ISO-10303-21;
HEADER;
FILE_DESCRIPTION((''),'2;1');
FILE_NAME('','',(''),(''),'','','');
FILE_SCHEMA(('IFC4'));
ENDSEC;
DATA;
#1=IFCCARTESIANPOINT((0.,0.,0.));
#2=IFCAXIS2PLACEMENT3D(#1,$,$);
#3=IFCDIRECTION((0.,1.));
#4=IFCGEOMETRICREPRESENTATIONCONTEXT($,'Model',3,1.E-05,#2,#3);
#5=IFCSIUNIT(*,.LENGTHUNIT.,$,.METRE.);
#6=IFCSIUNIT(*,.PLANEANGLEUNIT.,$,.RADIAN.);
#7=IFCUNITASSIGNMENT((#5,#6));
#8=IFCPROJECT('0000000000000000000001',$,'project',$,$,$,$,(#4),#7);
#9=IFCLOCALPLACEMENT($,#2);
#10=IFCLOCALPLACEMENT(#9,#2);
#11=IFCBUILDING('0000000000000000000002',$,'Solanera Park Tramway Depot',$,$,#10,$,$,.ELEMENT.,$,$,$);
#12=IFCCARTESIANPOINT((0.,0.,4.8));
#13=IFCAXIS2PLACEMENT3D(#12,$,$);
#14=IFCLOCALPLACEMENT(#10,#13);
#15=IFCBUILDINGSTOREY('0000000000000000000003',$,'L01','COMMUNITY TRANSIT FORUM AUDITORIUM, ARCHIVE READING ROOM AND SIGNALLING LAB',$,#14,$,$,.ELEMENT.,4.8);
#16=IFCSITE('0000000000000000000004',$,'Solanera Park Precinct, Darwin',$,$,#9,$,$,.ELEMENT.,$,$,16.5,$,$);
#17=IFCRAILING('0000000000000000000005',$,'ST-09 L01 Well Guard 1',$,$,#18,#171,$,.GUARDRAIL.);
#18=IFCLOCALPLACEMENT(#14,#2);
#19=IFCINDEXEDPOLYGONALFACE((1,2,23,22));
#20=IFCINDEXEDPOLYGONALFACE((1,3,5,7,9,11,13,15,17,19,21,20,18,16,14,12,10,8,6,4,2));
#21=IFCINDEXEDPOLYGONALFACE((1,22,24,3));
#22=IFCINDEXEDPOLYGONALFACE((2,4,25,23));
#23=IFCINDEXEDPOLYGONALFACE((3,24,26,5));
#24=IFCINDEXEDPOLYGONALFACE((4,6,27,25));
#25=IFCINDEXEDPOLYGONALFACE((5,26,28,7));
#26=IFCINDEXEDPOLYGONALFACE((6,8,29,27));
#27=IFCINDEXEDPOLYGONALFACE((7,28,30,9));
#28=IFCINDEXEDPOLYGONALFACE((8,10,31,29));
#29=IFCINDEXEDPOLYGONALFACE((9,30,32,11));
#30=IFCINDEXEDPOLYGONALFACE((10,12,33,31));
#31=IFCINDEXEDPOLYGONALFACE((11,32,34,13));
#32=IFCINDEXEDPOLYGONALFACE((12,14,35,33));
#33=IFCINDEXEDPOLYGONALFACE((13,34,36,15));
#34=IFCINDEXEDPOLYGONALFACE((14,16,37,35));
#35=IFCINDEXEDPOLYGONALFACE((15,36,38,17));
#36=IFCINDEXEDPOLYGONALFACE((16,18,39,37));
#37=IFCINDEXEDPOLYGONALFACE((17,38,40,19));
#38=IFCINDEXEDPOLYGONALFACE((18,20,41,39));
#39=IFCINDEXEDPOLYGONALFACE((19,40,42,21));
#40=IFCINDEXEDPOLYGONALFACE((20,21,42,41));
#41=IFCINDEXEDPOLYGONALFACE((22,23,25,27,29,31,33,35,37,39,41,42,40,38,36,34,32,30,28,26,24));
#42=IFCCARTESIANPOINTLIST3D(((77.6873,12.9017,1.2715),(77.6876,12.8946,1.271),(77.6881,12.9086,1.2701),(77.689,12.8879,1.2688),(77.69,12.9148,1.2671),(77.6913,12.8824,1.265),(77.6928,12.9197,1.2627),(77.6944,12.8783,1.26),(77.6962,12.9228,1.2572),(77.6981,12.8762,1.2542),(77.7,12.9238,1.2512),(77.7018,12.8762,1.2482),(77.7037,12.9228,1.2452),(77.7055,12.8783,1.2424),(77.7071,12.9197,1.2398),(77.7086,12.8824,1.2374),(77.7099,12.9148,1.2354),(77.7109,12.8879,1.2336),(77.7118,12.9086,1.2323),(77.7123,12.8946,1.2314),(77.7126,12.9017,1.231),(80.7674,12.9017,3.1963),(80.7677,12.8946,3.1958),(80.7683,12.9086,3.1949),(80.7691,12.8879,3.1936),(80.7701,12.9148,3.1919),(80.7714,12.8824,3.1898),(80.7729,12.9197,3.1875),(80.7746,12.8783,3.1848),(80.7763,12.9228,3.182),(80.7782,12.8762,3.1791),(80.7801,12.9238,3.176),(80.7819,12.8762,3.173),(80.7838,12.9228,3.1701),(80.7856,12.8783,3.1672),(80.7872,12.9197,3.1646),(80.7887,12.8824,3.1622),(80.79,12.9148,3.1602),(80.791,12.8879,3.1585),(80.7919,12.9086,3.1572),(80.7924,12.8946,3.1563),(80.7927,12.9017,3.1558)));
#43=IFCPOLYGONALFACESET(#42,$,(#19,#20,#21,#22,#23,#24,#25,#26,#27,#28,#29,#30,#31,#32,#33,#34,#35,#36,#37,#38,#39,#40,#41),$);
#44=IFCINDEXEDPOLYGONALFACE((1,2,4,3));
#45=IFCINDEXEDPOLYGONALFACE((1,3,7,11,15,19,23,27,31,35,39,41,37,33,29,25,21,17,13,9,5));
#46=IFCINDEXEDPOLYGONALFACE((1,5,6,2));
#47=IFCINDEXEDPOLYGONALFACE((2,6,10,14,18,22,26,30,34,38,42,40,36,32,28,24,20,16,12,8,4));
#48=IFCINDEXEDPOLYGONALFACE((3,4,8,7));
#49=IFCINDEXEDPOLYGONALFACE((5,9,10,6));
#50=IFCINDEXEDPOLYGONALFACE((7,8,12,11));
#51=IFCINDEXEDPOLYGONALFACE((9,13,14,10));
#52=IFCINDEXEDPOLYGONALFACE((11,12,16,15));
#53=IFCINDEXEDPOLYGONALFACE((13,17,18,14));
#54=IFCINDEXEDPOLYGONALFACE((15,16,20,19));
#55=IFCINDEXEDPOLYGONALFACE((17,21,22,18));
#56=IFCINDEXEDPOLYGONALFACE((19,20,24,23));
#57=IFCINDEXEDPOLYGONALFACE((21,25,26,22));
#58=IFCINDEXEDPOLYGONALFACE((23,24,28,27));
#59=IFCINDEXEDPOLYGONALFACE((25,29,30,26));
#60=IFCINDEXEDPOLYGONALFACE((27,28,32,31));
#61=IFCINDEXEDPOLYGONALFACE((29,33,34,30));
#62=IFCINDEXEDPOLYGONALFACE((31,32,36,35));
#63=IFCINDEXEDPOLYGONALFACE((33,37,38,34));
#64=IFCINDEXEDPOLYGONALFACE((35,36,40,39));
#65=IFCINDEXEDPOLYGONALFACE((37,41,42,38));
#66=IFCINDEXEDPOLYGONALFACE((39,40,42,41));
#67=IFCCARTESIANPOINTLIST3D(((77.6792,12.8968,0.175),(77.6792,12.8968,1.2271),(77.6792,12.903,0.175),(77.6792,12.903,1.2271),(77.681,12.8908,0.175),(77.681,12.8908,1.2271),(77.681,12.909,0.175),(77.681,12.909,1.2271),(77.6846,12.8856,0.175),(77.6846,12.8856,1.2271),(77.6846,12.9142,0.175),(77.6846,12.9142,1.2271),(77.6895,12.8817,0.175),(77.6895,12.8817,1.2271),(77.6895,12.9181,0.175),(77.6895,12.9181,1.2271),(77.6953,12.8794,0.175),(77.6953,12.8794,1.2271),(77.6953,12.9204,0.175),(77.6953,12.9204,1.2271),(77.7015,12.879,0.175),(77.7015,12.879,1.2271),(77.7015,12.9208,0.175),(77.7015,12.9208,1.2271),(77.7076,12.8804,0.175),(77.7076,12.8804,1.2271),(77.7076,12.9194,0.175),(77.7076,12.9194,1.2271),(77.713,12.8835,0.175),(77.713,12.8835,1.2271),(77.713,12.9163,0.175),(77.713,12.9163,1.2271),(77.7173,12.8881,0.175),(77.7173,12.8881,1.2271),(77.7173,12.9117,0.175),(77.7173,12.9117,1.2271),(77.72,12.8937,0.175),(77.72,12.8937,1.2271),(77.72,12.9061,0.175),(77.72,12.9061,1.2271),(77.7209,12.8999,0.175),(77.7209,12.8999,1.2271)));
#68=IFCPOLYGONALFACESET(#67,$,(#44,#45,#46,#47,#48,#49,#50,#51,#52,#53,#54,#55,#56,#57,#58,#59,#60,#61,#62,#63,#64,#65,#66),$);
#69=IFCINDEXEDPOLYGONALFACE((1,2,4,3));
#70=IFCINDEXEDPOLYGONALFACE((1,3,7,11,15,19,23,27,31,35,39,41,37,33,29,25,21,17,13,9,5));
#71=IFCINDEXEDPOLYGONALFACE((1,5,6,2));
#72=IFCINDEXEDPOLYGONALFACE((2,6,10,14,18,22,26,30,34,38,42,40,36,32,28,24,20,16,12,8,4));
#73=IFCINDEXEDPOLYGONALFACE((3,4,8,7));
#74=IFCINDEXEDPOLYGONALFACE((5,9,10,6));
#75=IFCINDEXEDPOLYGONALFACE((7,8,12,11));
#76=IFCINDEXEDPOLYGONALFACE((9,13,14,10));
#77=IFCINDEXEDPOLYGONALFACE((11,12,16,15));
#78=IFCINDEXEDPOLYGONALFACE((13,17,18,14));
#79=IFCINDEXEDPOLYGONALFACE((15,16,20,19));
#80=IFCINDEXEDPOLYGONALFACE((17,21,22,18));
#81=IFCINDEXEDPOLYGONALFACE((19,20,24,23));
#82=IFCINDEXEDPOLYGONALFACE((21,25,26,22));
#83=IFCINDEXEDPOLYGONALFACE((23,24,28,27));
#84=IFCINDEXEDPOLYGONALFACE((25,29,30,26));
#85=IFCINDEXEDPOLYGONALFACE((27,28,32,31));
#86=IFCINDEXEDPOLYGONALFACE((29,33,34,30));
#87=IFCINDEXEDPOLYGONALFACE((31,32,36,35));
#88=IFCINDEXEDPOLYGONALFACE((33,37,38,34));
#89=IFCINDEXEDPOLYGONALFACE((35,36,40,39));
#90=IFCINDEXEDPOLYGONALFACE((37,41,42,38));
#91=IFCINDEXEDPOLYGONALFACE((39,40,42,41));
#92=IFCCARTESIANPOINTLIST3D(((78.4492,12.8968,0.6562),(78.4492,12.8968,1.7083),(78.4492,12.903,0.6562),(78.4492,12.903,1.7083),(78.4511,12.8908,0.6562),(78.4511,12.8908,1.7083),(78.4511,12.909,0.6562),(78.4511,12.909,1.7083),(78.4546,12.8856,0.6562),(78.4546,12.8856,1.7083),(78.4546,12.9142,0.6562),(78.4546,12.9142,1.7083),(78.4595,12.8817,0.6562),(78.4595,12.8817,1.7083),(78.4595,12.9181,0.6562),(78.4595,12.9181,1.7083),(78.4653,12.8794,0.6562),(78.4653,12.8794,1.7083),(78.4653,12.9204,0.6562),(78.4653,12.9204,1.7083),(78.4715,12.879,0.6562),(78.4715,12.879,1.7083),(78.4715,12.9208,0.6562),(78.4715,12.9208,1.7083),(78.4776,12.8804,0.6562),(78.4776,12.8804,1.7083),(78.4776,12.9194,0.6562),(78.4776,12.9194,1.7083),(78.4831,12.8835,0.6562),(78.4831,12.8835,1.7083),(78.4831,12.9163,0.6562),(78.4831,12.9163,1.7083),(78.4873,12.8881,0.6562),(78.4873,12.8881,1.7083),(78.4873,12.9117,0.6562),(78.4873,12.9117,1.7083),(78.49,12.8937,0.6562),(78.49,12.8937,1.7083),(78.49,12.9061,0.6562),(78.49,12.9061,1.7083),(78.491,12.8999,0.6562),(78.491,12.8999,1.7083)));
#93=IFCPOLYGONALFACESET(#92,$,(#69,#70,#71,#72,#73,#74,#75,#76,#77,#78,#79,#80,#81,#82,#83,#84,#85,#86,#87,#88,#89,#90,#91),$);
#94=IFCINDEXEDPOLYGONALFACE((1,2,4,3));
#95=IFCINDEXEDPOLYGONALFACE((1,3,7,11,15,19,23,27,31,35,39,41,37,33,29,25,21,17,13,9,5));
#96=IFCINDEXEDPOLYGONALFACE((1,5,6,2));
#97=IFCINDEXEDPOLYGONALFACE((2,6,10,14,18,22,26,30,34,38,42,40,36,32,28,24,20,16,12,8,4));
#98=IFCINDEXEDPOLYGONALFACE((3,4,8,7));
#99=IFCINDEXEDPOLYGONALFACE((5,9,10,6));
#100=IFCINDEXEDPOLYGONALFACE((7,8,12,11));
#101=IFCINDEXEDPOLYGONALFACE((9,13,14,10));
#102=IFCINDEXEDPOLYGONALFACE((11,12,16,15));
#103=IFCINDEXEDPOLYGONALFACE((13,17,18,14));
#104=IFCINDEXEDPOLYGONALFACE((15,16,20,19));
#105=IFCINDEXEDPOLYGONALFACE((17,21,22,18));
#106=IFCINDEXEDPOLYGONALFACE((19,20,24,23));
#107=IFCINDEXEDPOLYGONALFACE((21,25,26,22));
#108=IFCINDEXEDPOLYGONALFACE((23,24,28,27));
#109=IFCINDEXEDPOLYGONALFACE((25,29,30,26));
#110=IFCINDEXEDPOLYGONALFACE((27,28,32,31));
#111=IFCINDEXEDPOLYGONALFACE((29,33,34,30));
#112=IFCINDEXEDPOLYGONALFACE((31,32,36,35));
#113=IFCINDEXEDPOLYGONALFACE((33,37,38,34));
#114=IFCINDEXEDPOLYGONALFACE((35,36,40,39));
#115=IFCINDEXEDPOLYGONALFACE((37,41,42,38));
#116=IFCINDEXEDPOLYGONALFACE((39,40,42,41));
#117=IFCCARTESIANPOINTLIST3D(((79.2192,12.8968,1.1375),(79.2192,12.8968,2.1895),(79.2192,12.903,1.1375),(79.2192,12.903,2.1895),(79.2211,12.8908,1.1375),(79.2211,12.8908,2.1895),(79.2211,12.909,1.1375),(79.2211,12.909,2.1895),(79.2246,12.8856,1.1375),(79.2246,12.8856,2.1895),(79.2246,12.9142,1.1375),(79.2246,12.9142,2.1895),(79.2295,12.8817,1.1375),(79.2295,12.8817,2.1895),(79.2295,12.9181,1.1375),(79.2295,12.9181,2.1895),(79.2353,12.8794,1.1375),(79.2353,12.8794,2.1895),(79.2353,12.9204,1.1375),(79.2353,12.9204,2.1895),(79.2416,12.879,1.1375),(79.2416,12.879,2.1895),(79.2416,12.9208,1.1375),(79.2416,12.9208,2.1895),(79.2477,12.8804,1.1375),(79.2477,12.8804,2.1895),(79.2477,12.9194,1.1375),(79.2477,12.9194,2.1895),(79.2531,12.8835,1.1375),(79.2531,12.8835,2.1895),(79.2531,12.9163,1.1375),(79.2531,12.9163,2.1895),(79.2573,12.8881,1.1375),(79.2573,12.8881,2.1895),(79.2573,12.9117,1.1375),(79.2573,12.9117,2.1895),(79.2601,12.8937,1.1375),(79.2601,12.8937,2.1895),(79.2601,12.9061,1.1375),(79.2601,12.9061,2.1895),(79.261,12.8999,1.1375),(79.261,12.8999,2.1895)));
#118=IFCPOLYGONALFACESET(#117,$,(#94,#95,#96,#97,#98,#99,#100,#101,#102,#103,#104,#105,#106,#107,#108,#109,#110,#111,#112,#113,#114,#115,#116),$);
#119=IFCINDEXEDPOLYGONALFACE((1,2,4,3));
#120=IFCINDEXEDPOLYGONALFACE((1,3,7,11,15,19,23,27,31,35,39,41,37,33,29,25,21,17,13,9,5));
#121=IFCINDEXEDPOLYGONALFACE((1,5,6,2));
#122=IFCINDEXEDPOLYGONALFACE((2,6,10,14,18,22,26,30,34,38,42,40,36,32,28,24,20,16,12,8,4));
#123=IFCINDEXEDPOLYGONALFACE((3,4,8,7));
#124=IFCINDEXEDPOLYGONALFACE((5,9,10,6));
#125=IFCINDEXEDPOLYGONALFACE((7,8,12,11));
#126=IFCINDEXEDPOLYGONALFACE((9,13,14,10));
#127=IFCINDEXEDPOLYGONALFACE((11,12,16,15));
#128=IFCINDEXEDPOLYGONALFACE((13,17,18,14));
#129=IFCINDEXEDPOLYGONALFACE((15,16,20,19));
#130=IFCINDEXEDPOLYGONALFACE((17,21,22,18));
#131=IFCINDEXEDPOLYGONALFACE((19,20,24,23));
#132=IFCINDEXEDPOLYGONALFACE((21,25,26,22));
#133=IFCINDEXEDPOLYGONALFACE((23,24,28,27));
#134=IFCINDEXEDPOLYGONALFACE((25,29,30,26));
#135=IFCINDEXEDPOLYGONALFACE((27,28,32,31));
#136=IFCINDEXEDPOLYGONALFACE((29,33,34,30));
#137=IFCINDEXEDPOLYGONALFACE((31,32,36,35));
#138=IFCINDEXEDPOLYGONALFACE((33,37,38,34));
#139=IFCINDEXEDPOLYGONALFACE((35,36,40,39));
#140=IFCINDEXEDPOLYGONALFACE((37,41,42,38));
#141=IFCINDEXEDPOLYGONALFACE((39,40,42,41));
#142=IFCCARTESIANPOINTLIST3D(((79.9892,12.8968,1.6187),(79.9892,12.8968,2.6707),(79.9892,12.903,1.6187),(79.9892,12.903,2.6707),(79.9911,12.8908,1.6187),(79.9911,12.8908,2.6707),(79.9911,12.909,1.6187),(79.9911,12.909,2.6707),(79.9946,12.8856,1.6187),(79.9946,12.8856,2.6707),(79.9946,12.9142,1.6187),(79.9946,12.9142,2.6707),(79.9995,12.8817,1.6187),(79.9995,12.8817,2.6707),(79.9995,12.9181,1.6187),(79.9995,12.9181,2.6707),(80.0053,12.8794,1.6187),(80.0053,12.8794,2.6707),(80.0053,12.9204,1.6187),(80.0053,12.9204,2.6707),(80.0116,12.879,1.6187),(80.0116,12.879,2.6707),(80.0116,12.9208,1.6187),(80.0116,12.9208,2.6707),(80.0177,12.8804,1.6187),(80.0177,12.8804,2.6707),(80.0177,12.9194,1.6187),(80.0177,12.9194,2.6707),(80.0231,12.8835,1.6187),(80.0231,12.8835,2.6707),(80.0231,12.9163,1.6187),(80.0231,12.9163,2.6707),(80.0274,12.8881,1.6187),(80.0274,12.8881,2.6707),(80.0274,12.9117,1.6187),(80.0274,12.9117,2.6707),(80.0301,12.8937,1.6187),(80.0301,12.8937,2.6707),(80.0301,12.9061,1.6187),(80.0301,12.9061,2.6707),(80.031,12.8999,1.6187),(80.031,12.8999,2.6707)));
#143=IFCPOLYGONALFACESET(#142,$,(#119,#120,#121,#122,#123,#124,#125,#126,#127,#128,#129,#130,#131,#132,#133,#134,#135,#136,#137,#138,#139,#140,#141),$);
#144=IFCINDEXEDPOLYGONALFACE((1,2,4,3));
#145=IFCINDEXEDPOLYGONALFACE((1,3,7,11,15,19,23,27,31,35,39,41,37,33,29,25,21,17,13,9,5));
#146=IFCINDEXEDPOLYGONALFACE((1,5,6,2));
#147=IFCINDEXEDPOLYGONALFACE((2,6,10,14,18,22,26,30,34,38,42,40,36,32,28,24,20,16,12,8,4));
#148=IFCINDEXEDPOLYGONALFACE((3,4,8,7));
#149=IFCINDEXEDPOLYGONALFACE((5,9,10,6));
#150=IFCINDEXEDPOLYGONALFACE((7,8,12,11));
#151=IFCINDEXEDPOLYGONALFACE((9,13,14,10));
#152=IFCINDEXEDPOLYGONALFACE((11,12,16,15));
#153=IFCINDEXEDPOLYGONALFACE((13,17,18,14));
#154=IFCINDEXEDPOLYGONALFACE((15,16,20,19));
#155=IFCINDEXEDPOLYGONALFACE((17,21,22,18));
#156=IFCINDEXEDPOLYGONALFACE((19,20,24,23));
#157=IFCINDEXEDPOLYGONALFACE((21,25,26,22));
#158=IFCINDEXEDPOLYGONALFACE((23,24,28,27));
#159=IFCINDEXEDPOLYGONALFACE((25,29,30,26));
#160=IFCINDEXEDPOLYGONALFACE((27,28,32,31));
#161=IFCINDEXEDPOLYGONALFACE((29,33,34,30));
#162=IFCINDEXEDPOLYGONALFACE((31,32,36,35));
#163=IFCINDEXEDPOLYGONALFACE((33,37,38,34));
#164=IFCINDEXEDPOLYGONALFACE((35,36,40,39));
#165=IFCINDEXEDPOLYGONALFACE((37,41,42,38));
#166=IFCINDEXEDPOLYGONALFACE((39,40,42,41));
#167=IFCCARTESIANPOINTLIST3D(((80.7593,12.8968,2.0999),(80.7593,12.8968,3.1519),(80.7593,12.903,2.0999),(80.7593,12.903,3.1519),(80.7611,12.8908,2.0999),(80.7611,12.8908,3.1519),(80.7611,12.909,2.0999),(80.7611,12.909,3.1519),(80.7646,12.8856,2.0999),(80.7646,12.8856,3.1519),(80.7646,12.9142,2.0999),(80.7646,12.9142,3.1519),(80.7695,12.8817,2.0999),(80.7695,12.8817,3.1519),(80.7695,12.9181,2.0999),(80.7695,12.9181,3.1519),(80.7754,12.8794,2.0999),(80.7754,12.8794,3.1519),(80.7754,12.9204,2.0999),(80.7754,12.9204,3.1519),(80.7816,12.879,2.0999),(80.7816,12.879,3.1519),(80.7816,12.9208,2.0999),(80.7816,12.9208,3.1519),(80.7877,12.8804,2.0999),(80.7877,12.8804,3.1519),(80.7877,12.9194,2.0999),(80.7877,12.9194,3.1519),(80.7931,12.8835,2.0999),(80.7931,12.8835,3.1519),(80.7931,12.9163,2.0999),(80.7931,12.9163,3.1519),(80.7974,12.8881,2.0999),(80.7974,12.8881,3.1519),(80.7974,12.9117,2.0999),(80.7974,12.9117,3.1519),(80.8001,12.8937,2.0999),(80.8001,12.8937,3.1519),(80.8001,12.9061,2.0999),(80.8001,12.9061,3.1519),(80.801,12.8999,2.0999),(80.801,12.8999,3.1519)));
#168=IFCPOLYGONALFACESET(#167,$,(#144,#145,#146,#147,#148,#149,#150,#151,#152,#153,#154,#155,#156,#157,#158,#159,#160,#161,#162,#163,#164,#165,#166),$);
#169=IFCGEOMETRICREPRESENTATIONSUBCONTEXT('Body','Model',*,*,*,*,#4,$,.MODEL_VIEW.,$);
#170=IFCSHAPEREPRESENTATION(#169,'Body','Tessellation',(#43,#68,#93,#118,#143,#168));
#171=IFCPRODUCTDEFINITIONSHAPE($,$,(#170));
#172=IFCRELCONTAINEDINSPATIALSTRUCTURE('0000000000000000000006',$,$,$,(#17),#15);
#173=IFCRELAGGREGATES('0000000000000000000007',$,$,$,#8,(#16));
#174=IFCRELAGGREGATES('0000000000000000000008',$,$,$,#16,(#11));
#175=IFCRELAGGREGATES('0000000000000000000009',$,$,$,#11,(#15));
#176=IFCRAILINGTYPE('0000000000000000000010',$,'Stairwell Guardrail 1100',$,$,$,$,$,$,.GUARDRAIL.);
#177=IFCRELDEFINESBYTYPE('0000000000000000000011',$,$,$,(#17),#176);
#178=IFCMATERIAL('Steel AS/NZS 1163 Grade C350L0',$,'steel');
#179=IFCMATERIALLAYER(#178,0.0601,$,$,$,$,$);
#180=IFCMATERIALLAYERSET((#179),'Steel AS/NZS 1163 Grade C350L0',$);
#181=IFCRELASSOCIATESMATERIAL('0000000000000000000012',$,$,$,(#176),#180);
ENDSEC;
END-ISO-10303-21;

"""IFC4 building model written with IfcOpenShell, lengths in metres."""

from ifc_helpers import new_model, si_unit, direction, frame, origin, origin_2d, place, context, subcontext, project, spatial, circle, extrude, material, layer, layer_set, type_object, element, save


model = new_model("IFC4")

# Units and contexts
model_context = context("Model", 3, precision=1e-05, world=origin(), true_north=direction((0.0, 1.0)))
body_context = subcontext(model_context, "Body", "Model", "MODEL_VIEW")
ifc_project = project(units=[si_unit("LENGTHUNIT", "METRE"), si_unit("PLANEANGLEUNIT", "RADIAN")], contexts=[model_context])

# Site, building, storey
site_placement = place(None, origin())
site = spatial("IfcSite", under=ifc_project, at=site_placement, Name="Solanera Park Precinct, Darwin", CompositionType="ELEMENT", RefElevation=16.5)
building_placement = place(site_placement, origin())
building = spatial("IfcBuilding", under=site, at=building_placement, Name="Solanera Park Tramway Depot", CompositionType="ELEMENT")
storey_placement = place(building_placement, frame((0.0, 0.0, 4.8)))
storey = spatial("IfcBuildingStorey", under=building, at=storey_placement, Name="L01", Description="COMMUNITY TRANSIT FORUM AUDITORIUM, ARCHIVE READING ROOM AND SIGNALLING LAB", CompositionType="ELEMENT", Elevation=4.8)

# Railing
ifc_material_1 = material(Name="Steel AS/NZS 1163 Grade C350L0", Category="steel")
ifc_layer_1 = layer(ifc_material_1, 0.0601)
ifc_layer_set_1 = layer_set([ifc_layer_1], Name="Steel AS/NZS 1163 Grade C350L0")
railing_type_1 = type_object("IfcRailingType", Name="Stairwell Guardrail 1100", PredefinedType="GUARDRAIL", material=ifc_layer_set_1)
railing_1_placement = place(storey_placement, frame((77.7, 12.8999, 0.175)))
element("IfcRailing", 1, at=railing_1_placement, inside=storey, type_object=railing_type_1, Name="ST-09 L01 Well Guard 1", PredefinedType="GUARDRAIL", context=body_context, shape_type="SweptSolid", body=[
    extrude(circle(Radius=0.0239, at=origin_2d()), frame((0.0, 0.0, 1.0762), z_axis=(0.848029, 0.0, 0.529951), x_axis=(0.0, 1.0, 0.0)), (0.0, 0.0, 1.0), 3.6321),
    extrude(circle(Radius=0.021, at=origin_2d()), origin(), (0.0, 0.0, 1.0), 1.052),
    extrude(circle(Radius=0.021, at=origin_2d()), frame((0.77, 0.0, 0.4812)), (0.0, 0.0, 1.0), 1.052),
    extrude(circle(Radius=0.021, at=origin_2d()), frame((1.54, 0.0, 0.9624)), (0.0, 0.0, 1.0), 1.052),
    extrude(circle(Radius=0.021, at=origin_2d()), frame((2.3101, 0.0, 1.4436)), (0.0, 0.0, 1.0), 1.052),
    extrude(circle(Radius=0.021, at=origin_2d()), frame((3.0801, 0.0, 1.9248)), (0.0, 0.0, 1.0), 1.052),
])

save(model, "model.ifc")
